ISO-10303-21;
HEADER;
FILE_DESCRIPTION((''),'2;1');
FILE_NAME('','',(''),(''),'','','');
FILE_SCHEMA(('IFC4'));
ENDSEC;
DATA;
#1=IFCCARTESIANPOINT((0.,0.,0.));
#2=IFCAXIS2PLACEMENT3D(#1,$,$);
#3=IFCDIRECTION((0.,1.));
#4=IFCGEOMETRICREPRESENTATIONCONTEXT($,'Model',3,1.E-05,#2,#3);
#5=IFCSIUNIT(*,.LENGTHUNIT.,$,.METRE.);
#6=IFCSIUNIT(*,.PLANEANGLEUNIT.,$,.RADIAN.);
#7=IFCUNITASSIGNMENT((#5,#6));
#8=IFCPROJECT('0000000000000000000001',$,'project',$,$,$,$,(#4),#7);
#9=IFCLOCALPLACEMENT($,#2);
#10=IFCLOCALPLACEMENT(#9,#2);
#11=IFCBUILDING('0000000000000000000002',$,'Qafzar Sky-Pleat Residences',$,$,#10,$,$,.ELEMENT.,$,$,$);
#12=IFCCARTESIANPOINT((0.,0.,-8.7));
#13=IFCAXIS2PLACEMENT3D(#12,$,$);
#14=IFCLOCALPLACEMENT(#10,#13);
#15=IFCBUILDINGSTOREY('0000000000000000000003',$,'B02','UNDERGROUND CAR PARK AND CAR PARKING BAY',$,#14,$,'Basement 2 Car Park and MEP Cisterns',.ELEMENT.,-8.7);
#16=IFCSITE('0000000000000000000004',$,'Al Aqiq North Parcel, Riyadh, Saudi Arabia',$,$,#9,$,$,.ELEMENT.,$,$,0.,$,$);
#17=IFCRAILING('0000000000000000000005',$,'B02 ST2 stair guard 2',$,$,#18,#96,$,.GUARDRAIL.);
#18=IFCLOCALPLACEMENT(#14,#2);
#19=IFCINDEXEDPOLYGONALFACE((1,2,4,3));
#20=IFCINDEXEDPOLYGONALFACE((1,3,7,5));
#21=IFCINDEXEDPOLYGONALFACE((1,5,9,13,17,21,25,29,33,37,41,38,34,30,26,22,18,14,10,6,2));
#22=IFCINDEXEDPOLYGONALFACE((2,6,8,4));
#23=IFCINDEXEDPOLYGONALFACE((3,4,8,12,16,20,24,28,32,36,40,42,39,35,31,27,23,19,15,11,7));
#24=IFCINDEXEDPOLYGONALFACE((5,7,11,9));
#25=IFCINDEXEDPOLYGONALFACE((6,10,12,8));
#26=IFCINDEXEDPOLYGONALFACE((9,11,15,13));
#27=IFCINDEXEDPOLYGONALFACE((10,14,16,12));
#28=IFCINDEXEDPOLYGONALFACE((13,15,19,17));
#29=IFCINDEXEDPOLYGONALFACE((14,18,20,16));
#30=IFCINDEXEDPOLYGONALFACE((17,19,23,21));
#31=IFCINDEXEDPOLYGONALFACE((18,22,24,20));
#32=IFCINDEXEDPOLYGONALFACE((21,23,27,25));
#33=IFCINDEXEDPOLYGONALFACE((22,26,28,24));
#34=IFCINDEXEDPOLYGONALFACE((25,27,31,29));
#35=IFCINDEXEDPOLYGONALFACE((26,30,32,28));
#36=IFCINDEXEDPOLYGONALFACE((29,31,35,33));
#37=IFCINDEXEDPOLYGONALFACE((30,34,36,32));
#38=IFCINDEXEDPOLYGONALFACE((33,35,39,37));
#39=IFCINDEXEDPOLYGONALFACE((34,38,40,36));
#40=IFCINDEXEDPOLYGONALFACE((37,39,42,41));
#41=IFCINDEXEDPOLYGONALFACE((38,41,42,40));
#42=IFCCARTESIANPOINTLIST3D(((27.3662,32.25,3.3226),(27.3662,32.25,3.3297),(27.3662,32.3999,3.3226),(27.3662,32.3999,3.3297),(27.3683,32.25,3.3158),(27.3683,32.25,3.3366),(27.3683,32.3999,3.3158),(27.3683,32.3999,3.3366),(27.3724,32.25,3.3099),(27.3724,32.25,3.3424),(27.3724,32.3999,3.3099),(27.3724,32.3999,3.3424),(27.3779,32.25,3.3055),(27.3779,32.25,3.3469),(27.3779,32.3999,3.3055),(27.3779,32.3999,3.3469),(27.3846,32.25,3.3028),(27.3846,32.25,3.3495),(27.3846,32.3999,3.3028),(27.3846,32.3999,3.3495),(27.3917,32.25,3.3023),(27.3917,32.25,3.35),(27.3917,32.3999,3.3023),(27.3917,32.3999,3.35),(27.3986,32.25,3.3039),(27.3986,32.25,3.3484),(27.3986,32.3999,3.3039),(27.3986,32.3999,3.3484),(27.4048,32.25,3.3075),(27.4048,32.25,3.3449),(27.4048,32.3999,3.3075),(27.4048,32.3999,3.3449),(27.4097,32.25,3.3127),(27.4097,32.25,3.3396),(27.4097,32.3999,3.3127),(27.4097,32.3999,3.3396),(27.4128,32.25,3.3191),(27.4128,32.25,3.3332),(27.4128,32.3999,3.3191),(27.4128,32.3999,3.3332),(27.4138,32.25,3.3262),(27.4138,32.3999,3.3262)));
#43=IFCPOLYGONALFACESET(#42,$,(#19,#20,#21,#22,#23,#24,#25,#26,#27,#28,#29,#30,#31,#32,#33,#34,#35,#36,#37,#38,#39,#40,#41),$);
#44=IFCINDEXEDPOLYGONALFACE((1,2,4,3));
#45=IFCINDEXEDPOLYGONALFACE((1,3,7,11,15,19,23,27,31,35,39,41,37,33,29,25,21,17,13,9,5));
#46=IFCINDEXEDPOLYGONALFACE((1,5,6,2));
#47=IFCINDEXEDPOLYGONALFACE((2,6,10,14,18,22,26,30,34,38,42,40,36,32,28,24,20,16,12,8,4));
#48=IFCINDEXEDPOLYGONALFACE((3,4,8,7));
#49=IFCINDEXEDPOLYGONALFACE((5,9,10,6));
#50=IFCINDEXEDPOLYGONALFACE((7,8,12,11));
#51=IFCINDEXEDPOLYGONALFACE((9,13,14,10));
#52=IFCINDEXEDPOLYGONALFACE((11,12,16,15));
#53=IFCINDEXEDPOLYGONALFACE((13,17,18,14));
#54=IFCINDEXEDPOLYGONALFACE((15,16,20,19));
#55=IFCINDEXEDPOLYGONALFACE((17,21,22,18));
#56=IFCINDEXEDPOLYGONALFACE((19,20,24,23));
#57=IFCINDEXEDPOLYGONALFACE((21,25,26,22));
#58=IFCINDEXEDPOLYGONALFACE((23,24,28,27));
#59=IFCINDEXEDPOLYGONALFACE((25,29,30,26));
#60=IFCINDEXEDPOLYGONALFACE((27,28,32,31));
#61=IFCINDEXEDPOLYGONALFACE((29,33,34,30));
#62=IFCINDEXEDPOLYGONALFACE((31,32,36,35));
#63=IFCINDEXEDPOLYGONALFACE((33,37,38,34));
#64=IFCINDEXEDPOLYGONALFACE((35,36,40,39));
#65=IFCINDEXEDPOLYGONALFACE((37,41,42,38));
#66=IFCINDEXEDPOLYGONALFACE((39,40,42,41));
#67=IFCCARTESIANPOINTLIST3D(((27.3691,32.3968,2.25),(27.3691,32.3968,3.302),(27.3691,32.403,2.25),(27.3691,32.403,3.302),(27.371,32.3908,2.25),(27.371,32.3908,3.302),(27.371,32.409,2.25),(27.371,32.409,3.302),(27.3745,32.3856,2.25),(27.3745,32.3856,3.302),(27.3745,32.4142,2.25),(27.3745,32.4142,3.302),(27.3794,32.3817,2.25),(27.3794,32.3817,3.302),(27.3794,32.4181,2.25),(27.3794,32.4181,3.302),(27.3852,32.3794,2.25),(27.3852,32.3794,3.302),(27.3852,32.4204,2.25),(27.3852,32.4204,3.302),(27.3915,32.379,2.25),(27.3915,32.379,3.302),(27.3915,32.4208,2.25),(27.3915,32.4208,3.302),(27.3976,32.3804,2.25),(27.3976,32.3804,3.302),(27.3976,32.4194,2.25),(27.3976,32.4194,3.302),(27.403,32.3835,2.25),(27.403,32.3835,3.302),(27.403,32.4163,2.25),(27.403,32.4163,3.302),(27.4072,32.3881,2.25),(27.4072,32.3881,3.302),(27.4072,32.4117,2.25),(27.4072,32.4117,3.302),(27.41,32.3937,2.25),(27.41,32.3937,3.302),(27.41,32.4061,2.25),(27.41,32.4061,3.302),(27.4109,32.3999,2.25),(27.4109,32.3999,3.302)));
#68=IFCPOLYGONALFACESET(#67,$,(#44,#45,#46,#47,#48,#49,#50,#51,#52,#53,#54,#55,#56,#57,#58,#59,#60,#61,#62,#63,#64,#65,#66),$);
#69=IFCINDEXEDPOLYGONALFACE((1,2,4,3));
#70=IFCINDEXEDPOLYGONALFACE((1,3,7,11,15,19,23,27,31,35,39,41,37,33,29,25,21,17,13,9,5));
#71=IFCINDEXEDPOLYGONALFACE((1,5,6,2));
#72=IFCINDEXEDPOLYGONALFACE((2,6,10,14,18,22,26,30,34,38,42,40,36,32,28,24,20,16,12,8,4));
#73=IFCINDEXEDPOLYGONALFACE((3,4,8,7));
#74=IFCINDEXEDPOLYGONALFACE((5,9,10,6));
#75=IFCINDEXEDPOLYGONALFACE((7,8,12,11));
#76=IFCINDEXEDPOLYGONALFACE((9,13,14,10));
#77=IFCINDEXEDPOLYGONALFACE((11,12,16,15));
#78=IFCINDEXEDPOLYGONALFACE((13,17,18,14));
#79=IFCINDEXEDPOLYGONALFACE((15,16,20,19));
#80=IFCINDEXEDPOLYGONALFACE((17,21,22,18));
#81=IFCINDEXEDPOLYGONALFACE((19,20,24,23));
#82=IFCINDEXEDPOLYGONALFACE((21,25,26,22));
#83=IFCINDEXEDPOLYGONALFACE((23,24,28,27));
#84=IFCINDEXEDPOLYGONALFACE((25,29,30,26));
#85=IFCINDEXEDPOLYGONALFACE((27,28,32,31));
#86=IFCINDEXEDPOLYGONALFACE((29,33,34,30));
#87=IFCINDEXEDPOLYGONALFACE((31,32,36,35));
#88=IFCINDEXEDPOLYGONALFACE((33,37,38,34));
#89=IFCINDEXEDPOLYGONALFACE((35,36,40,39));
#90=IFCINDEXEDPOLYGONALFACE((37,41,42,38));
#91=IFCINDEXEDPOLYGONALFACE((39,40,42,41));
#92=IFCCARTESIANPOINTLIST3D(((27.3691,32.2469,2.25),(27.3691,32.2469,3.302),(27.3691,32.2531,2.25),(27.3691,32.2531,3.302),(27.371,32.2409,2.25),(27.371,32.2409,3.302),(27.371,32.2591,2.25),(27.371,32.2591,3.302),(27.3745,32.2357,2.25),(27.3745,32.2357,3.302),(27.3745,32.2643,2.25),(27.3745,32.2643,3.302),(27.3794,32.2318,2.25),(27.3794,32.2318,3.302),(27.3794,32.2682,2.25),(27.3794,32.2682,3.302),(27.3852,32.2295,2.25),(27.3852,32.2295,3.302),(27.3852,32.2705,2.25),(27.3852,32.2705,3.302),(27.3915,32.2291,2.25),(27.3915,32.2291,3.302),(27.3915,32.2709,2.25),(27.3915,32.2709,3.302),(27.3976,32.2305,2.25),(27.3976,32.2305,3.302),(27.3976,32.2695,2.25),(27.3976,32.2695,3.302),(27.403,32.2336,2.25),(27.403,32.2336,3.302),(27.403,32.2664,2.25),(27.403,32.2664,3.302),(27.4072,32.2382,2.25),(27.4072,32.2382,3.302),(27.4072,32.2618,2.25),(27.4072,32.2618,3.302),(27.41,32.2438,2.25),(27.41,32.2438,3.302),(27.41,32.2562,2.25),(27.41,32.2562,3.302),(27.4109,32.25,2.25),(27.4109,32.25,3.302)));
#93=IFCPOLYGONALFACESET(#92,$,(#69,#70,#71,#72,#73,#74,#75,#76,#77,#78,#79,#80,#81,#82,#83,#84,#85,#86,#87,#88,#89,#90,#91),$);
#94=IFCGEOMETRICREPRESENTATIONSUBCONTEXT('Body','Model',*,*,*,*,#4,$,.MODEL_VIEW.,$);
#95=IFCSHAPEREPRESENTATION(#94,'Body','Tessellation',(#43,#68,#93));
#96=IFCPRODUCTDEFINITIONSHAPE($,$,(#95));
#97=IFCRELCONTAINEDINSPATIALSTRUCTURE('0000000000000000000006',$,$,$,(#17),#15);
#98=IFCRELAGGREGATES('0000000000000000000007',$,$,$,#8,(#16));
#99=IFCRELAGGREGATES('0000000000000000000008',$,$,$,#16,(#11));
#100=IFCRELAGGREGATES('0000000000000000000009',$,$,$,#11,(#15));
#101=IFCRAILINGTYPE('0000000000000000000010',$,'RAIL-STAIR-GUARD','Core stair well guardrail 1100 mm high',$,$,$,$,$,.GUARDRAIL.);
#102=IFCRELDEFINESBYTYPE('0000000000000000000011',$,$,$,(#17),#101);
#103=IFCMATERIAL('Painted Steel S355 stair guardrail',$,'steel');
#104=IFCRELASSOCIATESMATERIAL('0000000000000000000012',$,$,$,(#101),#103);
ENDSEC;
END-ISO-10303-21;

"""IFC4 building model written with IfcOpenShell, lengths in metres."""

from ifc_helpers import new_model, si_unit, direction, frame, origin, origin_2d, place, context, subcontext, project, spatial, circle, extrude, source, transform, mapped, material, type_object, element, save


model = new_model("IFC4")

# Units and contexts
model_context = context("Model", 3, precision=1e-05, world=origin(), true_north=direction((0.0, 1.0)))
body_context = subcontext(model_context, "Body", "Model", "MODEL_VIEW")
ifc_project = project(units=[si_unit("LENGTHUNIT", "METRE"), si_unit("PLANEANGLEUNIT", "RADIAN")], contexts=[model_context])

# Site, building, storey
site_placement = place(None, origin())
site = spatial("IfcSite", under=ifc_project, at=site_placement, Name="Al Aqiq North Parcel, Riyadh, Saudi Arabia", CompositionType="ELEMENT", RefElevation=0.0)
building_placement = place(site_placement, origin())
building = spatial("IfcBuilding", under=site, at=building_placement, Name="Qafzar Sky-Pleat Residences", CompositionType="ELEMENT")
storey_placement = place(building_placement, frame((0.0, 0.0, -8.7)))
storey = spatial("IfcBuildingStorey", under=building, at=storey_placement, Name="B02", Description="UNDERGROUND CAR PARK AND CAR PARKING BAY", LongName="Basement 2 Car Park and MEP Cisterns", CompositionType="ELEMENT", Elevation=-8.7)

# Railing
ifc_material_1 = material(Name="Painted Steel S355 stair guardrail", Category="steel")
railing_type_1 = type_object("IfcRailingType", Name="RAIL-STAIR-GUARD", Description="Core stair well guardrail 1100 mm high", PredefinedType="GUARDRAIL", material=ifc_material_1)
shared_shape_1 = source(origin(), body_context, "Body", "SweptSolid", [
    extrude(circle(Radius=0.0239, at=origin_2d()), frame((0.0, 0.0, 1.0762), z_axis=(0.0, -1.0, 0.0), x_axis=(1.0, 0.0, 0.0)), (0.0, 0.0, 1.0), 0.1499),
    extrude(circle(Radius=0.021, at=origin_2d()), origin(), (0.0, 0.0, 1.0), 1.052),
    extrude(circle(Radius=0.021, at=origin_2d()), frame((0.0, -0.1499, 0.0)), (0.0, 0.0, 1.0), 1.052),
])
railing_1_placement = place(storey_placement, frame((27.3899, 32.3999, 2.25)))
element("IfcRailing", 1, at=railing_1_placement, inside=storey, type_object=railing_type_1, Name="B02 ST2 stair guard 2", PredefinedType="GUARDRAIL", context=body_context, shape_type="MappedRepresentation", body=[
    mapped(shared_shape_1, transform((0.0, 0.0, 0.0), x_axis=(1.0, 0.0, 0.0), y_axis=(0.0, 1.0, 0.0), z_axis=(0.0, 0.0, 1.0), scale=1.0)),
])

save(model, "model.ifc")
